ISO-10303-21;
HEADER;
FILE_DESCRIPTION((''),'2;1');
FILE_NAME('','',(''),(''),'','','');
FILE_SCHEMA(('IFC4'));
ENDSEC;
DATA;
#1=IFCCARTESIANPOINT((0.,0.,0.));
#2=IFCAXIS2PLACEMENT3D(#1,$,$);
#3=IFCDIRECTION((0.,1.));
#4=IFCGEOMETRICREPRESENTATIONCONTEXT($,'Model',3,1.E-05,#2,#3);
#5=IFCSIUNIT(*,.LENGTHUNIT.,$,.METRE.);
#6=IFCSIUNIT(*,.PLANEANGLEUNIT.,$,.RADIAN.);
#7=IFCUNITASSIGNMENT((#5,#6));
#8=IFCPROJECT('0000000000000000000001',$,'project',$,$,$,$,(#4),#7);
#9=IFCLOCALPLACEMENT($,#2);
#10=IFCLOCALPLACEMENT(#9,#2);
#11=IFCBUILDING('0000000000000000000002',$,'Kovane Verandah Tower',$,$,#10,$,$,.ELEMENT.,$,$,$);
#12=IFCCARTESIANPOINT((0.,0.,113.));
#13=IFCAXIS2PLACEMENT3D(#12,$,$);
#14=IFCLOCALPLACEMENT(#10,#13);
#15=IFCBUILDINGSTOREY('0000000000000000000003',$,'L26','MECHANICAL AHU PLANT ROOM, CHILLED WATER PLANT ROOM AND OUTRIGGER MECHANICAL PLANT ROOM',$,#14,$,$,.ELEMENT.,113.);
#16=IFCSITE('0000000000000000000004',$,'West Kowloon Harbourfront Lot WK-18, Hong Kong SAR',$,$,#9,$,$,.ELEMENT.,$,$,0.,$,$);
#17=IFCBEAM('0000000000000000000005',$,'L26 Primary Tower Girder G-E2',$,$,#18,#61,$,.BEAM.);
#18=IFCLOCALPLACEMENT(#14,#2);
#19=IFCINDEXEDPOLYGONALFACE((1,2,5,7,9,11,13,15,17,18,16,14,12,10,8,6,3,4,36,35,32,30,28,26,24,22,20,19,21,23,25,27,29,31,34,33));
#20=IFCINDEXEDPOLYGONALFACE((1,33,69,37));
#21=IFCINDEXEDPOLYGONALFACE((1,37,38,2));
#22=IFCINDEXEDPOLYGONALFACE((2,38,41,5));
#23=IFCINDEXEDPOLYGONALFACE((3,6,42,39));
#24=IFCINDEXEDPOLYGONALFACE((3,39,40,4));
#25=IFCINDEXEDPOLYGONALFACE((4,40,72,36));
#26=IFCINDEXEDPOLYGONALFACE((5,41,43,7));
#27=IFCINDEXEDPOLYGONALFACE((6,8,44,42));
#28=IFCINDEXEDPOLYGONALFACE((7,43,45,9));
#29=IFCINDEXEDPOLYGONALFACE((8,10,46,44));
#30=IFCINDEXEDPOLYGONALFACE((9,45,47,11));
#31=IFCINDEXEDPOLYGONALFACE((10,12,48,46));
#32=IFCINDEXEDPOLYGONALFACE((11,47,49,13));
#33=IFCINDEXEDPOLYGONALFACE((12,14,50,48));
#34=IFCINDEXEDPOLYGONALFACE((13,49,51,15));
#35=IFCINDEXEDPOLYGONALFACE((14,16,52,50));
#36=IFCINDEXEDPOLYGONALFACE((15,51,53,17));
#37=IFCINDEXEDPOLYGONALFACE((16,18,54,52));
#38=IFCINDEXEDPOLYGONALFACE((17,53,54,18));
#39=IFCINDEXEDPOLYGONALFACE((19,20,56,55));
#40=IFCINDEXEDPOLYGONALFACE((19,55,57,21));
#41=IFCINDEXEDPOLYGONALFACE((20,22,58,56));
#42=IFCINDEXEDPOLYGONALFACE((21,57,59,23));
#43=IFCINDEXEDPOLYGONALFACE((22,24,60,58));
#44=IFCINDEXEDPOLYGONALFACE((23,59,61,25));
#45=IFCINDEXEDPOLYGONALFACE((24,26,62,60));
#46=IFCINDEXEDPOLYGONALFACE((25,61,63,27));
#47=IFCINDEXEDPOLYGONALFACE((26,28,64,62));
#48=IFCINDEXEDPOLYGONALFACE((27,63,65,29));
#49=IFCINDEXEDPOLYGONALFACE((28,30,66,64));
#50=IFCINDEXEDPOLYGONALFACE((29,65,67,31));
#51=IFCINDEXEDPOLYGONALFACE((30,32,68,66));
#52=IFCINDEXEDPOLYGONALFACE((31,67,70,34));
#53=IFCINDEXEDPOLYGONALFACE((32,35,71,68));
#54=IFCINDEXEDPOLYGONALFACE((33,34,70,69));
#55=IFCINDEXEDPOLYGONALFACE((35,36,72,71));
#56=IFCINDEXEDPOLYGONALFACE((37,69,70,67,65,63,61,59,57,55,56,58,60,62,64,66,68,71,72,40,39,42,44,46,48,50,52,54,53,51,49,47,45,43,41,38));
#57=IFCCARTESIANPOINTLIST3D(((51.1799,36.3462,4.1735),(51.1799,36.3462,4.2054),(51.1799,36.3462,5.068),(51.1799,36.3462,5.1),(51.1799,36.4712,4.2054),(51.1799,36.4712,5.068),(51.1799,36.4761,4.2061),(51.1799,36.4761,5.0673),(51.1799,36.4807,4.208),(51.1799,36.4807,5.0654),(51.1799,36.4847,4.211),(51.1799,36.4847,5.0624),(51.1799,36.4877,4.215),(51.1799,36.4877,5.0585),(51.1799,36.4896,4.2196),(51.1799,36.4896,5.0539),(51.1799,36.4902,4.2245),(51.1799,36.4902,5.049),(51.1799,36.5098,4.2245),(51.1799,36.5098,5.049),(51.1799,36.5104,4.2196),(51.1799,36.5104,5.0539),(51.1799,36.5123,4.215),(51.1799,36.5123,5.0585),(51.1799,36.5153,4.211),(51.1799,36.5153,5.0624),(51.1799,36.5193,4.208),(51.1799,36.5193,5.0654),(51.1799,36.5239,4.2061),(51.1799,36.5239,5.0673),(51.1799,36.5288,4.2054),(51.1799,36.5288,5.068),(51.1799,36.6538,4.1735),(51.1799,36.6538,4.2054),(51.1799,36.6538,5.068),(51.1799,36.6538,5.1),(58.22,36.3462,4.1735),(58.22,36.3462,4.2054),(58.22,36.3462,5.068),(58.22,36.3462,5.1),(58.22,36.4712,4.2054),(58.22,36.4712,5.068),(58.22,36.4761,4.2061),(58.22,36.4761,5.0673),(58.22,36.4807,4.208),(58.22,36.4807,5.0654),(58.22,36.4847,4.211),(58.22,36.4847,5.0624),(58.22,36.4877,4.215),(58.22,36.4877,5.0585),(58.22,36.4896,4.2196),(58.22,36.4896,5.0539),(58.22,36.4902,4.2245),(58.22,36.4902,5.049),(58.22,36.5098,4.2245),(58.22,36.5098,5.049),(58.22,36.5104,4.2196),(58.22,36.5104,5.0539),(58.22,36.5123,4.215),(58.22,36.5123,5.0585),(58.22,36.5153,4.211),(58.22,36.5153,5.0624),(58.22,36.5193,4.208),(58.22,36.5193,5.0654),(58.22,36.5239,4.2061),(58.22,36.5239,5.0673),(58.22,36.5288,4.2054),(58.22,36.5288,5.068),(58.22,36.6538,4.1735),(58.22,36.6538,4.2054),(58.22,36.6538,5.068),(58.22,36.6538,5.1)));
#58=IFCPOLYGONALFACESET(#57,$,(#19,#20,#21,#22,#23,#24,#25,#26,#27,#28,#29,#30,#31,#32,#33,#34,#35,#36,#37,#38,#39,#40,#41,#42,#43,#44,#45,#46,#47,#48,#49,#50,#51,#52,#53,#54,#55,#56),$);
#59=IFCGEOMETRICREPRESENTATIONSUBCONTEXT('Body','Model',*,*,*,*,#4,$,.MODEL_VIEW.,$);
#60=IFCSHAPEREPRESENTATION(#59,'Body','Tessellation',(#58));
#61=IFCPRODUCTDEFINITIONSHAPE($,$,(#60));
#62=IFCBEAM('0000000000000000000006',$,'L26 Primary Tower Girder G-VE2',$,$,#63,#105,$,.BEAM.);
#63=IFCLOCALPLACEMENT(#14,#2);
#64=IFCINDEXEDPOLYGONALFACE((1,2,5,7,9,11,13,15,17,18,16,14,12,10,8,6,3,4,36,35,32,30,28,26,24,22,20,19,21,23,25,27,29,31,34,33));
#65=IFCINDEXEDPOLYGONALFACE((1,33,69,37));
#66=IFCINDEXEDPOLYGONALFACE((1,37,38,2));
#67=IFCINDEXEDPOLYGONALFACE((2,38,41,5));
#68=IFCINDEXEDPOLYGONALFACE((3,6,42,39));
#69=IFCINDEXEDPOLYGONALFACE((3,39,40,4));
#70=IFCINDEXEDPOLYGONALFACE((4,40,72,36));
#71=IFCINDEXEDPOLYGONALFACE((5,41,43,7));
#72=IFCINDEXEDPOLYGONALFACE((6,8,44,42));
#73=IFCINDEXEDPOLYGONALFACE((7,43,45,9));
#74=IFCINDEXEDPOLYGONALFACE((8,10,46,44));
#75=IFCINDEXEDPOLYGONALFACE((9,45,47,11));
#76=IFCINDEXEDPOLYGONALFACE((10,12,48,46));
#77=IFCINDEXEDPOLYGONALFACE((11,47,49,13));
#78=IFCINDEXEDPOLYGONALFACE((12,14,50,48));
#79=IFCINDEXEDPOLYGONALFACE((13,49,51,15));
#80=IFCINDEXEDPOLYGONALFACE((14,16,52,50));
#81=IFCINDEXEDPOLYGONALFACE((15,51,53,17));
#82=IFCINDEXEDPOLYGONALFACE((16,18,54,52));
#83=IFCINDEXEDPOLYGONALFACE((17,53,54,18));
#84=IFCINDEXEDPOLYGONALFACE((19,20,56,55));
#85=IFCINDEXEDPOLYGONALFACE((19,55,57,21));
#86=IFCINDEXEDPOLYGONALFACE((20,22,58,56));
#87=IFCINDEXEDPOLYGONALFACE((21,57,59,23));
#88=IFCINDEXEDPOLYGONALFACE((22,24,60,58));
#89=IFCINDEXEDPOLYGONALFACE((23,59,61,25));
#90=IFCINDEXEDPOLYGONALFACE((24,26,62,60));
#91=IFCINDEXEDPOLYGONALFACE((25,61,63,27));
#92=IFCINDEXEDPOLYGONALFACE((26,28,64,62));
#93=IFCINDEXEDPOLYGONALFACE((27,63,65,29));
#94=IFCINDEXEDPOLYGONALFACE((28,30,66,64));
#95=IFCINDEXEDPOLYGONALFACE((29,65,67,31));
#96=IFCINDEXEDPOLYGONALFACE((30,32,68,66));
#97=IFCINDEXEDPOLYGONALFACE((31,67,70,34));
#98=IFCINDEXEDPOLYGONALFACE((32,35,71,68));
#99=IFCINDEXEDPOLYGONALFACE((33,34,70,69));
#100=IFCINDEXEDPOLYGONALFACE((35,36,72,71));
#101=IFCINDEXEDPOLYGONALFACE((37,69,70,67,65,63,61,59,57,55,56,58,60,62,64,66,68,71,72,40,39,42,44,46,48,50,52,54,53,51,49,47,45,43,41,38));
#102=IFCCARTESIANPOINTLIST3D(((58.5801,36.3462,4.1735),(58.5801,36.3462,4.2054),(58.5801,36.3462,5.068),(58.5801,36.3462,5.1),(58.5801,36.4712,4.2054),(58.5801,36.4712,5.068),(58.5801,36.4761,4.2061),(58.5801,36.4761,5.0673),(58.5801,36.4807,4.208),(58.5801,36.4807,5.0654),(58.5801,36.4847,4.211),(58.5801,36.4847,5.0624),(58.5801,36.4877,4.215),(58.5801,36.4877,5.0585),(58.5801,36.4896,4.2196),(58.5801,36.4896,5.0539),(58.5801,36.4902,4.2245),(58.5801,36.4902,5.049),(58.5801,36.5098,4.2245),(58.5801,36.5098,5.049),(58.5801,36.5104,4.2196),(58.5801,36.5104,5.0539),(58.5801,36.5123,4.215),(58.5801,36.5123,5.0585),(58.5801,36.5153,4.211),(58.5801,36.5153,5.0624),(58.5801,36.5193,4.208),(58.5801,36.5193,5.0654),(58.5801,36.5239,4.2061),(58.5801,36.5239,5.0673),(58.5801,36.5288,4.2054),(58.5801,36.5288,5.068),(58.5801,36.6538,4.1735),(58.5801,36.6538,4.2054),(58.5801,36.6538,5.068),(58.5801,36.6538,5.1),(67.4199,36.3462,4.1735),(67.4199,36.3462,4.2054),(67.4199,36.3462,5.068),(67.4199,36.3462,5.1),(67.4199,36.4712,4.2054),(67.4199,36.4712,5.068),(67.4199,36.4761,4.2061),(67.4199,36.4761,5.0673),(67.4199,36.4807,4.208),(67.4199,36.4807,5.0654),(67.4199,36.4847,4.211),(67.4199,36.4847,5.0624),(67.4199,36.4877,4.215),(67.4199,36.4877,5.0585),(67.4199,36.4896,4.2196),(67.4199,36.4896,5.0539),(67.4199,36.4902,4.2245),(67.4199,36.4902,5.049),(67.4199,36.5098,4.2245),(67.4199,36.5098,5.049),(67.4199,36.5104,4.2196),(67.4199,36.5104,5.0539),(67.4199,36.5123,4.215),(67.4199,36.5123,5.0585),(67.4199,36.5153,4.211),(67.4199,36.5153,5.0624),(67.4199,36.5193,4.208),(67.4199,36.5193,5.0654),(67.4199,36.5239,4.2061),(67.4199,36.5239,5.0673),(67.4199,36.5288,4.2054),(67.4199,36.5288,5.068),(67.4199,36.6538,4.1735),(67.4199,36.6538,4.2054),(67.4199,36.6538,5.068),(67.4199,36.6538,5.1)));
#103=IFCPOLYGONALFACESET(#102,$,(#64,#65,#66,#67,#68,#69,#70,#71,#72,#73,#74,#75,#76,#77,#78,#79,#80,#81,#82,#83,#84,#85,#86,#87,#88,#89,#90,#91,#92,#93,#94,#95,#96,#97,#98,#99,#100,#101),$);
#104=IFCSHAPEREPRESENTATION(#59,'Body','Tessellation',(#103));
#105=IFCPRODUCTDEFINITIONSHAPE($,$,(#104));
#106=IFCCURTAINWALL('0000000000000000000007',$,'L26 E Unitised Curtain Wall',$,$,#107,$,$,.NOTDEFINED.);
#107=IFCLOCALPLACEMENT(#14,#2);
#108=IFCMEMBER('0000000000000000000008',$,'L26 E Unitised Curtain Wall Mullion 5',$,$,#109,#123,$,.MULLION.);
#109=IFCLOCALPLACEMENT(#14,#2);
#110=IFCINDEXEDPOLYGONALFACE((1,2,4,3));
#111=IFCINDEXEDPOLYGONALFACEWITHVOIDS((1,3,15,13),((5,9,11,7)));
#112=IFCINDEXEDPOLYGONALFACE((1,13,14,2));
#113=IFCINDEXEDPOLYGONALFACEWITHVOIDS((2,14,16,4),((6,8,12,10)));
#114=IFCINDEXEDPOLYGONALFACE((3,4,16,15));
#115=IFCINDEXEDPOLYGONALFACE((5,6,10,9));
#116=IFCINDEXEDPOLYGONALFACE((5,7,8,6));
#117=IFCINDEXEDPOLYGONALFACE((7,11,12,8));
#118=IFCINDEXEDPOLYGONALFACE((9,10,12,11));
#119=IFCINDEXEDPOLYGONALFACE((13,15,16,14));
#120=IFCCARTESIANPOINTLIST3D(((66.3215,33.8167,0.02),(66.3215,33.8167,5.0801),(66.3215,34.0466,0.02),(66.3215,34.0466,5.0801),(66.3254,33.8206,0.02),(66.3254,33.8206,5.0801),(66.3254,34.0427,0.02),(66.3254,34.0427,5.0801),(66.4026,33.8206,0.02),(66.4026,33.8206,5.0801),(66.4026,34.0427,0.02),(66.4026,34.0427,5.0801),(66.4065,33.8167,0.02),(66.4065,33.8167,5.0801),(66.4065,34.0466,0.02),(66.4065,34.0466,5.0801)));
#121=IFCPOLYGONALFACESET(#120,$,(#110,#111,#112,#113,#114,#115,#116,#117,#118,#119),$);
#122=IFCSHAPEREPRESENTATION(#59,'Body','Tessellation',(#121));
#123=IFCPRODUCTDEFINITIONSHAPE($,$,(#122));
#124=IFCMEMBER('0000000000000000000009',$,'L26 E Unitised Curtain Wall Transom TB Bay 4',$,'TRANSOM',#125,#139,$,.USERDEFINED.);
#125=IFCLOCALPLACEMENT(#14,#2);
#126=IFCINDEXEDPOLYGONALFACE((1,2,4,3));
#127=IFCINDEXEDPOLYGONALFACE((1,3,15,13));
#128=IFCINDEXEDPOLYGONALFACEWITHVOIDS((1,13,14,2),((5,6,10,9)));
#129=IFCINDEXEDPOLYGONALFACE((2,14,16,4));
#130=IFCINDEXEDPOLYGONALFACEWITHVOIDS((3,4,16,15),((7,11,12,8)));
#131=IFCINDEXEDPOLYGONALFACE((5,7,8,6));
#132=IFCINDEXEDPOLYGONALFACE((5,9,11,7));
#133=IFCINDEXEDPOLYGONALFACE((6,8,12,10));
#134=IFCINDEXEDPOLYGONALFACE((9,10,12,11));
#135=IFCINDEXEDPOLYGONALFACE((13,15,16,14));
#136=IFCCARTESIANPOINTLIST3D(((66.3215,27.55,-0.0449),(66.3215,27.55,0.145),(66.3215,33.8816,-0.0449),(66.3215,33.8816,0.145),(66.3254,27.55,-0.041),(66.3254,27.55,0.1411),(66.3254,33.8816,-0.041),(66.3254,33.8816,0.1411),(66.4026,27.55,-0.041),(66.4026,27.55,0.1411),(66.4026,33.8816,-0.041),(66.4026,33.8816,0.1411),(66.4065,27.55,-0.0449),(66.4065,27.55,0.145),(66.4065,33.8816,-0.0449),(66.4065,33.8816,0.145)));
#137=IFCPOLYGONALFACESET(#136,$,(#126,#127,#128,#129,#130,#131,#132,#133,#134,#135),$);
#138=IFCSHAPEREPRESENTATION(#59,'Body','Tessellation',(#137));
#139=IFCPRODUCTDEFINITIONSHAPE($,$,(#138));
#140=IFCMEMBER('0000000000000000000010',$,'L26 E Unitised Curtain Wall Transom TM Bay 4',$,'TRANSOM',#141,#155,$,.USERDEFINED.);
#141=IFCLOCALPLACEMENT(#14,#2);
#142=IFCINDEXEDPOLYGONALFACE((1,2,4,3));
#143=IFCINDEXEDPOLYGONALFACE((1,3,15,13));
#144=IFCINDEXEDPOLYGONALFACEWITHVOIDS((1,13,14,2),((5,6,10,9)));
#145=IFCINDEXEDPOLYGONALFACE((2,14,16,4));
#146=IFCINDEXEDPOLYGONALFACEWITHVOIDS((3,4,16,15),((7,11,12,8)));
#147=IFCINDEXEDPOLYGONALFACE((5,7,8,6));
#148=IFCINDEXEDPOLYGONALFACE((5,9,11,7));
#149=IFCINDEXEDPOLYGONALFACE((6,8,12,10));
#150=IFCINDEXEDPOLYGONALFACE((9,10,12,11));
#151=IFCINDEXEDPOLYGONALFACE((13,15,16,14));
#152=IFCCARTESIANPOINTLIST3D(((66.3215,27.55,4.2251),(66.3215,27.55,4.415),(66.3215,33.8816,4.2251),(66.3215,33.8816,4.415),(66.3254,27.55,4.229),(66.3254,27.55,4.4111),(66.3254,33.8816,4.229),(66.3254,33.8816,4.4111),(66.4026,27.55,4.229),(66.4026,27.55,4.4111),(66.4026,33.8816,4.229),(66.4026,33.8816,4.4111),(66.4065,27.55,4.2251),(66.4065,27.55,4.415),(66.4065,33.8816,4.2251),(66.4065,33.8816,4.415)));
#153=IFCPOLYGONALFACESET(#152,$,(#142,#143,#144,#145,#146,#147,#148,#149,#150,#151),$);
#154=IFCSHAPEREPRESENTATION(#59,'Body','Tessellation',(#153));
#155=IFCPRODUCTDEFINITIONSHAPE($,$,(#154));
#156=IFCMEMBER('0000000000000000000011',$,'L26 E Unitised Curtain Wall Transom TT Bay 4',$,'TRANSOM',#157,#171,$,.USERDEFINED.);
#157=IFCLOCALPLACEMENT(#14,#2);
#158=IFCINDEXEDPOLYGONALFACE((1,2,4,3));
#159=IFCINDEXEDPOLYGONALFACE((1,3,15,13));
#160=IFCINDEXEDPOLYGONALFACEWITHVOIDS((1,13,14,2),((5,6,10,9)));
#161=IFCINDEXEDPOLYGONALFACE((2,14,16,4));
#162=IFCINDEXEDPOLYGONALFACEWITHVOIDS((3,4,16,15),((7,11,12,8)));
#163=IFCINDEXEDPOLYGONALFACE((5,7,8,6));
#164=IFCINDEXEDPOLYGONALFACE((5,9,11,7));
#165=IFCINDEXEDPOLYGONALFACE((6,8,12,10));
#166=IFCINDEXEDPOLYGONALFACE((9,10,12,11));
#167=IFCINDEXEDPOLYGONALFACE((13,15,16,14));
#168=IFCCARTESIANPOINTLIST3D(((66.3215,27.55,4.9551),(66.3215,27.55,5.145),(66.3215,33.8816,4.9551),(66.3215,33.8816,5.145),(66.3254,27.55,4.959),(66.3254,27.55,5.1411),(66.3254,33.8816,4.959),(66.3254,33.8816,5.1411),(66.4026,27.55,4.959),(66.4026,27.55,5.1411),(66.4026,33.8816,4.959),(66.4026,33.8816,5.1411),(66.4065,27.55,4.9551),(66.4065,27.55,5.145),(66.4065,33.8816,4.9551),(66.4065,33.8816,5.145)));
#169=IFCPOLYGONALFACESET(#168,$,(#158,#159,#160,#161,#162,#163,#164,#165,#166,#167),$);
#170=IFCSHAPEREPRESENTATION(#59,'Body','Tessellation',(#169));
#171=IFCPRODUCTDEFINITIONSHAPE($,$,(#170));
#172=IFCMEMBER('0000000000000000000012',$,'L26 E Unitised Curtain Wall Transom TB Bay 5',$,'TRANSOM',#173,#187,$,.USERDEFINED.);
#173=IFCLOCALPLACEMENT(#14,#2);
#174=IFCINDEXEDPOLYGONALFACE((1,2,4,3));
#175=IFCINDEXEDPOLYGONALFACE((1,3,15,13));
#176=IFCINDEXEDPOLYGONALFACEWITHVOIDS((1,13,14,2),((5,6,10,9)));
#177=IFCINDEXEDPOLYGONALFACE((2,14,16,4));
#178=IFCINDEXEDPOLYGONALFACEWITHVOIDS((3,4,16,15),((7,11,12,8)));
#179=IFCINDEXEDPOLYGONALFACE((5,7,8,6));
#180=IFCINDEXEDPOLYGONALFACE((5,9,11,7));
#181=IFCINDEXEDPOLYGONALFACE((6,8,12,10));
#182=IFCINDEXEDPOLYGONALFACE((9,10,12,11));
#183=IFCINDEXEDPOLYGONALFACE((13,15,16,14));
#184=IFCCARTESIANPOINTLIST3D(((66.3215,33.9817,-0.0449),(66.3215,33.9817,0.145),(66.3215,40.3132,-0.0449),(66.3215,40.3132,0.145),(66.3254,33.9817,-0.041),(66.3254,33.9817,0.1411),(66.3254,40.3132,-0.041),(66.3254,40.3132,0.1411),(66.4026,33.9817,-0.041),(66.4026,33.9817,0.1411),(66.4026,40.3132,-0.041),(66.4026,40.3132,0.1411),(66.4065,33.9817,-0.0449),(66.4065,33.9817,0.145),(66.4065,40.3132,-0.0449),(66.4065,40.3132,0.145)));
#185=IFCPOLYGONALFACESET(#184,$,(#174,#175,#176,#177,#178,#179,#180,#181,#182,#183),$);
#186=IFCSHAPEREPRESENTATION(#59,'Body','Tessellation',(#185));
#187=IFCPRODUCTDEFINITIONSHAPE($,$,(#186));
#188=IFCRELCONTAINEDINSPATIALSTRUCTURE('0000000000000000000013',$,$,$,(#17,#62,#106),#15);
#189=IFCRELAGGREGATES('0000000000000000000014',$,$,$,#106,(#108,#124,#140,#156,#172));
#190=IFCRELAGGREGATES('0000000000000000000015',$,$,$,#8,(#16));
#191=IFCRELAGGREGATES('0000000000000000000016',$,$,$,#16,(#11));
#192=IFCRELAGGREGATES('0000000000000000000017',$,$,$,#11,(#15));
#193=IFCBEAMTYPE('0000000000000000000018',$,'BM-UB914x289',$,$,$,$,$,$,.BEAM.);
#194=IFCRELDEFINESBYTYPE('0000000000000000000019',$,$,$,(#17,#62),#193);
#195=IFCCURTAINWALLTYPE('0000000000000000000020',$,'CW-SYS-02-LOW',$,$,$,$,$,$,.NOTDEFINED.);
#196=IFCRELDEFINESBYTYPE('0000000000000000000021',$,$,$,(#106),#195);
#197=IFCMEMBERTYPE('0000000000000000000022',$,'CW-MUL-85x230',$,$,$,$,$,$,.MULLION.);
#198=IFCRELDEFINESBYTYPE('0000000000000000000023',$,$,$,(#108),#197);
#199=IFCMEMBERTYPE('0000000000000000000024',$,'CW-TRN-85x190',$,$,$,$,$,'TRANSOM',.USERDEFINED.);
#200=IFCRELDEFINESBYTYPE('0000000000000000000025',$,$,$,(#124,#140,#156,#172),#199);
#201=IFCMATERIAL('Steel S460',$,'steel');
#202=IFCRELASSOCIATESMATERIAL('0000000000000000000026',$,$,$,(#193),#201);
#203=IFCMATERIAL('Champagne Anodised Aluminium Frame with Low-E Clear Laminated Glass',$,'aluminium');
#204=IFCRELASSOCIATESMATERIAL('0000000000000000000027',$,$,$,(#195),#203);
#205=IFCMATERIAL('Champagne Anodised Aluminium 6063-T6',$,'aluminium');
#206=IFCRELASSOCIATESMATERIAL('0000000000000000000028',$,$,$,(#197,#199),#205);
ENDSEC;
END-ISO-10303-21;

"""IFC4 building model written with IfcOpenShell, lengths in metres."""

from ifc_helpers import new_model, si_unit, direction, frame, origin, origin_2d, place, context, subcontext, project, spatial, hollow_rectangle, i_section, extrude, material, material_profile, profile_set, type_object, element, aggregate, save


model = new_model("IFC4")

# Units and contexts
model_context = context("Model", 3, precision=1e-05, world=origin(), true_north=direction((0.0, 1.0)))
body_context = subcontext(model_context, "Body", "Model", "MODEL_VIEW")
ifc_project = project(units=[si_unit("LENGTHUNIT", "METRE"), si_unit("PLANEANGLEUNIT", "RADIAN")], contexts=[model_context])

# Site, building, storey
site_placement = place(None, origin())
site = spatial("IfcSite", under=ifc_project, at=site_placement, Name="West Kowloon Harbourfront Lot WK-18, Hong Kong SAR", CompositionType="ELEMENT", RefElevation=0.0)
building_placement = place(site_placement, origin())
building = spatial("IfcBuilding", under=site, at=building_placement, Name="Kovane Verandah Tower", CompositionType="ELEMENT")
storey_placement = place(building_placement, frame((0.0, 0.0, 113.0)))
storey = spatial("IfcBuildingStorey", under=building, at=storey_placement, Name="L26", Description="MECHANICAL AHU PLANT ROOM, CHILLED WATER PLANT ROOM AND OUTRIGGER MECHANICAL PLANT ROOM", CompositionType="ELEMENT", Elevation=113.0)

# Shared definitions
ifc_material_1 = material(Name="Steel S460", Category="steel")

# Beams
ifc_material_profile_1 = material_profile(ifc_material_1, i_section(OverallWidth=0.3076, OverallDepth=0.9265, WebThickness=0.0195, FlangeThickness=0.032, FilletRadius=0.019, at=origin_2d()), Name="UB914x305x289")
ifc_profile_set_1 = profile_set([ifc_material_profile_1], Name="Steel S460")
beam_type_1 = type_object("IfcBeamType", Name="BM-UB914x289", PredefinedType="BEAM", material=ifc_profile_set_1)
beam_1_placement = place(storey_placement, frame((51.1799, 36.5, 4.6367), z_axis=(1.0, 0.0, 0.0), x_axis=(0.0, 1.0, 0.0)))
element("IfcBeam", 1, at=beam_1_placement, inside=storey, type_object=beam_type_1, Name="L26 Primary Tower Girder G-E2", PredefinedType="BEAM", context=body_context, shape_type="SweptSolid", body=[
    extrude(i_section(OverallWidth=0.3076, OverallDepth=0.9265, WebThickness=0.0195, FlangeThickness=0.032, FilletRadius=0.019, at=origin_2d()), origin(), (0.0, 0.0, 1.0), 7.04),
])
beam_2_placement = place(storey_placement, frame((58.5801, 36.5, 4.6367), z_axis=(1.0, 0.0, 0.0), x_axis=(0.0, 1.0, 0.0)))
element("IfcBeam", 2, at=beam_2_placement, inside=storey, type_object=beam_type_1, Name="L26 Primary Tower Girder G-VE2", PredefinedType="BEAM", context=body_context, shape_type="SweptSolid", body=[
    extrude(i_section(OverallWidth=0.3076, OverallDepth=0.9265, WebThickness=0.0195, FlangeThickness=0.032, FilletRadius=0.019, at=origin_2d()), origin(), (0.0, 0.0, 1.0), 8.8398),
])

# Curtain wall, members
ifc_material_2 = material(Name="Champagne Anodised Aluminium Frame with Low-E Clear Laminated Glass", Category="aluminium")
curtain_wall_type = type_object("IfcCurtainWallType", Name="CW-SYS-02-LOW", PredefinedType="NOTDEFINED", material=ifc_material_2)
curtain_wall_placement = place(storey_placement, origin())
curtain_wall = element("IfcCurtainWall", 3, at=curtain_wall_placement, inside=storey, type_object=curtain_wall_type, Name="L26 E Unitised Curtain Wall", PredefinedType="NOTDEFINED")
ifc_material_3 = material(Name="Champagne Anodised Aluminium 6063-T6", Category="aluminium")
ifc_material_profile_2 = material_profile(ifc_material_3, hollow_rectangle(XDim=0.085, YDim=0.23, WallThickness=0.0039, at=origin_2d()), Name="AL85x230x4")
ifc_profile_set_2 = profile_set([ifc_material_profile_2], Name="Champagne Anodised Aluminium 6063-T6")
member_type_1 = type_object("IfcMemberType", Name="CW-MUL-85x230", PredefinedType="MULLION", material=ifc_profile_set_2)
member_1_placement = place(storey_placement, frame((66.364, 33.9316, 0.02), z_axis=(0.0, 0.0, 1.0), x_axis=(1.0, 0.0, 0.0)))
member_1 = element("IfcMember", 4, at=member_1_placement, type_object=member_type_1, Name="L26 E Unitised Curtain Wall Mullion 5", PredefinedType="MULLION", context=body_context, shape_type="SweptSolid", body=[
    extrude(hollow_rectangle(XDim=0.085, YDim=0.23, WallThickness=0.0039, at=origin_2d()), origin(), (0.0, 0.0, 1.0), 5.0601),
])
ifc_material_profile_3 = material_profile(ifc_material_3, hollow_rectangle(XDim=0.085, YDim=0.1899, WallThickness=0.0039, at=origin_2d()), Name="AL85x190x4")
ifc_profile_set_3 = profile_set([ifc_material_profile_3], Name="Champagne Anodised Aluminium 6063-T6")
member_type_2 = type_object("IfcMemberType", Name="CW-TRN-85x190", ElementType="TRANSOM", PredefinedType="USERDEFINED", material=ifc_profile_set_3)
member_2_placement = place(storey_placement, frame((66.364, 27.55, 0.05), z_axis=(0.0, 1.0, 0.0), x_axis=(-1.0, 0.0, 0.0)))
member_2 = element("IfcMember", 5, at=member_2_placement, type_object=member_type_2, Name="L26 E Unitised Curtain Wall Transom TB Bay 4", ObjectType="TRANSOM", PredefinedType="USERDEFINED", context=body_context, shape_type="SweptSolid", body=[
    extrude(hollow_rectangle(XDim=0.085, YDim=0.1899, WallThickness=0.0039, at=origin_2d()), origin(), (0.0, 0.0, 1.0), 6.3315),
])
member_3_placement = place(storey_placement, frame((66.364, 27.55, 4.3201), z_axis=(0.0, 1.0, 0.0), x_axis=(-1.0, 0.0, 0.0)))
member_3 = element("IfcMember", 6, at=member_3_placement, type_object=member_type_2, Name="L26 E Unitised Curtain Wall Transom TM Bay 4", ObjectType="TRANSOM", PredefinedType="USERDEFINED", context=body_context, shape_type="SweptSolid", body=[
    extrude(hollow_rectangle(XDim=0.085, YDim=0.1899, WallThickness=0.0039, at=origin_2d()), origin(), (0.0, 0.0, 1.0), 6.3315),
])
member_4_placement = place(storey_placement, frame((66.364, 27.55, 5.05), z_axis=(0.0, 1.0, 0.0), x_axis=(-1.0, 0.0, 0.0)))
member_4 = element("IfcMember", 7, at=member_4_placement, type_object=member_type_2, Name="L26 E Unitised Curtain Wall Transom TT Bay 4", ObjectType="TRANSOM", PredefinedType="USERDEFINED", context=body_context, shape_type="SweptSolid", body=[
    extrude(hollow_rectangle(XDim=0.085, YDim=0.1899, WallThickness=0.0039, at=origin_2d()), origin(), (0.0, 0.0, 1.0), 6.3315),
])
member_5_placement = place(storey_placement, frame((66.364, 33.9817, 0.05), z_axis=(0.0, 1.0, 0.0), x_axis=(-1.0, 0.0, 0.0)))
member_5 = element("IfcMember", 8, at=member_5_placement, type_object=member_type_2, Name="L26 E Unitised Curtain Wall Transom TB Bay 5", ObjectType="TRANSOM", PredefinedType="USERDEFINED", context=body_context, shape_type="SweptSolid", body=[
    extrude(hollow_rectangle(XDim=0.085, YDim=0.1899, WallThickness=0.0039, at=origin_2d()), origin(), (0.0, 0.0, 1.0), 6.3315),
])

aggregate(curtain_wall, [member_1, member_2, member_3, member_4, member_5])

save(model, "model.ifc")
